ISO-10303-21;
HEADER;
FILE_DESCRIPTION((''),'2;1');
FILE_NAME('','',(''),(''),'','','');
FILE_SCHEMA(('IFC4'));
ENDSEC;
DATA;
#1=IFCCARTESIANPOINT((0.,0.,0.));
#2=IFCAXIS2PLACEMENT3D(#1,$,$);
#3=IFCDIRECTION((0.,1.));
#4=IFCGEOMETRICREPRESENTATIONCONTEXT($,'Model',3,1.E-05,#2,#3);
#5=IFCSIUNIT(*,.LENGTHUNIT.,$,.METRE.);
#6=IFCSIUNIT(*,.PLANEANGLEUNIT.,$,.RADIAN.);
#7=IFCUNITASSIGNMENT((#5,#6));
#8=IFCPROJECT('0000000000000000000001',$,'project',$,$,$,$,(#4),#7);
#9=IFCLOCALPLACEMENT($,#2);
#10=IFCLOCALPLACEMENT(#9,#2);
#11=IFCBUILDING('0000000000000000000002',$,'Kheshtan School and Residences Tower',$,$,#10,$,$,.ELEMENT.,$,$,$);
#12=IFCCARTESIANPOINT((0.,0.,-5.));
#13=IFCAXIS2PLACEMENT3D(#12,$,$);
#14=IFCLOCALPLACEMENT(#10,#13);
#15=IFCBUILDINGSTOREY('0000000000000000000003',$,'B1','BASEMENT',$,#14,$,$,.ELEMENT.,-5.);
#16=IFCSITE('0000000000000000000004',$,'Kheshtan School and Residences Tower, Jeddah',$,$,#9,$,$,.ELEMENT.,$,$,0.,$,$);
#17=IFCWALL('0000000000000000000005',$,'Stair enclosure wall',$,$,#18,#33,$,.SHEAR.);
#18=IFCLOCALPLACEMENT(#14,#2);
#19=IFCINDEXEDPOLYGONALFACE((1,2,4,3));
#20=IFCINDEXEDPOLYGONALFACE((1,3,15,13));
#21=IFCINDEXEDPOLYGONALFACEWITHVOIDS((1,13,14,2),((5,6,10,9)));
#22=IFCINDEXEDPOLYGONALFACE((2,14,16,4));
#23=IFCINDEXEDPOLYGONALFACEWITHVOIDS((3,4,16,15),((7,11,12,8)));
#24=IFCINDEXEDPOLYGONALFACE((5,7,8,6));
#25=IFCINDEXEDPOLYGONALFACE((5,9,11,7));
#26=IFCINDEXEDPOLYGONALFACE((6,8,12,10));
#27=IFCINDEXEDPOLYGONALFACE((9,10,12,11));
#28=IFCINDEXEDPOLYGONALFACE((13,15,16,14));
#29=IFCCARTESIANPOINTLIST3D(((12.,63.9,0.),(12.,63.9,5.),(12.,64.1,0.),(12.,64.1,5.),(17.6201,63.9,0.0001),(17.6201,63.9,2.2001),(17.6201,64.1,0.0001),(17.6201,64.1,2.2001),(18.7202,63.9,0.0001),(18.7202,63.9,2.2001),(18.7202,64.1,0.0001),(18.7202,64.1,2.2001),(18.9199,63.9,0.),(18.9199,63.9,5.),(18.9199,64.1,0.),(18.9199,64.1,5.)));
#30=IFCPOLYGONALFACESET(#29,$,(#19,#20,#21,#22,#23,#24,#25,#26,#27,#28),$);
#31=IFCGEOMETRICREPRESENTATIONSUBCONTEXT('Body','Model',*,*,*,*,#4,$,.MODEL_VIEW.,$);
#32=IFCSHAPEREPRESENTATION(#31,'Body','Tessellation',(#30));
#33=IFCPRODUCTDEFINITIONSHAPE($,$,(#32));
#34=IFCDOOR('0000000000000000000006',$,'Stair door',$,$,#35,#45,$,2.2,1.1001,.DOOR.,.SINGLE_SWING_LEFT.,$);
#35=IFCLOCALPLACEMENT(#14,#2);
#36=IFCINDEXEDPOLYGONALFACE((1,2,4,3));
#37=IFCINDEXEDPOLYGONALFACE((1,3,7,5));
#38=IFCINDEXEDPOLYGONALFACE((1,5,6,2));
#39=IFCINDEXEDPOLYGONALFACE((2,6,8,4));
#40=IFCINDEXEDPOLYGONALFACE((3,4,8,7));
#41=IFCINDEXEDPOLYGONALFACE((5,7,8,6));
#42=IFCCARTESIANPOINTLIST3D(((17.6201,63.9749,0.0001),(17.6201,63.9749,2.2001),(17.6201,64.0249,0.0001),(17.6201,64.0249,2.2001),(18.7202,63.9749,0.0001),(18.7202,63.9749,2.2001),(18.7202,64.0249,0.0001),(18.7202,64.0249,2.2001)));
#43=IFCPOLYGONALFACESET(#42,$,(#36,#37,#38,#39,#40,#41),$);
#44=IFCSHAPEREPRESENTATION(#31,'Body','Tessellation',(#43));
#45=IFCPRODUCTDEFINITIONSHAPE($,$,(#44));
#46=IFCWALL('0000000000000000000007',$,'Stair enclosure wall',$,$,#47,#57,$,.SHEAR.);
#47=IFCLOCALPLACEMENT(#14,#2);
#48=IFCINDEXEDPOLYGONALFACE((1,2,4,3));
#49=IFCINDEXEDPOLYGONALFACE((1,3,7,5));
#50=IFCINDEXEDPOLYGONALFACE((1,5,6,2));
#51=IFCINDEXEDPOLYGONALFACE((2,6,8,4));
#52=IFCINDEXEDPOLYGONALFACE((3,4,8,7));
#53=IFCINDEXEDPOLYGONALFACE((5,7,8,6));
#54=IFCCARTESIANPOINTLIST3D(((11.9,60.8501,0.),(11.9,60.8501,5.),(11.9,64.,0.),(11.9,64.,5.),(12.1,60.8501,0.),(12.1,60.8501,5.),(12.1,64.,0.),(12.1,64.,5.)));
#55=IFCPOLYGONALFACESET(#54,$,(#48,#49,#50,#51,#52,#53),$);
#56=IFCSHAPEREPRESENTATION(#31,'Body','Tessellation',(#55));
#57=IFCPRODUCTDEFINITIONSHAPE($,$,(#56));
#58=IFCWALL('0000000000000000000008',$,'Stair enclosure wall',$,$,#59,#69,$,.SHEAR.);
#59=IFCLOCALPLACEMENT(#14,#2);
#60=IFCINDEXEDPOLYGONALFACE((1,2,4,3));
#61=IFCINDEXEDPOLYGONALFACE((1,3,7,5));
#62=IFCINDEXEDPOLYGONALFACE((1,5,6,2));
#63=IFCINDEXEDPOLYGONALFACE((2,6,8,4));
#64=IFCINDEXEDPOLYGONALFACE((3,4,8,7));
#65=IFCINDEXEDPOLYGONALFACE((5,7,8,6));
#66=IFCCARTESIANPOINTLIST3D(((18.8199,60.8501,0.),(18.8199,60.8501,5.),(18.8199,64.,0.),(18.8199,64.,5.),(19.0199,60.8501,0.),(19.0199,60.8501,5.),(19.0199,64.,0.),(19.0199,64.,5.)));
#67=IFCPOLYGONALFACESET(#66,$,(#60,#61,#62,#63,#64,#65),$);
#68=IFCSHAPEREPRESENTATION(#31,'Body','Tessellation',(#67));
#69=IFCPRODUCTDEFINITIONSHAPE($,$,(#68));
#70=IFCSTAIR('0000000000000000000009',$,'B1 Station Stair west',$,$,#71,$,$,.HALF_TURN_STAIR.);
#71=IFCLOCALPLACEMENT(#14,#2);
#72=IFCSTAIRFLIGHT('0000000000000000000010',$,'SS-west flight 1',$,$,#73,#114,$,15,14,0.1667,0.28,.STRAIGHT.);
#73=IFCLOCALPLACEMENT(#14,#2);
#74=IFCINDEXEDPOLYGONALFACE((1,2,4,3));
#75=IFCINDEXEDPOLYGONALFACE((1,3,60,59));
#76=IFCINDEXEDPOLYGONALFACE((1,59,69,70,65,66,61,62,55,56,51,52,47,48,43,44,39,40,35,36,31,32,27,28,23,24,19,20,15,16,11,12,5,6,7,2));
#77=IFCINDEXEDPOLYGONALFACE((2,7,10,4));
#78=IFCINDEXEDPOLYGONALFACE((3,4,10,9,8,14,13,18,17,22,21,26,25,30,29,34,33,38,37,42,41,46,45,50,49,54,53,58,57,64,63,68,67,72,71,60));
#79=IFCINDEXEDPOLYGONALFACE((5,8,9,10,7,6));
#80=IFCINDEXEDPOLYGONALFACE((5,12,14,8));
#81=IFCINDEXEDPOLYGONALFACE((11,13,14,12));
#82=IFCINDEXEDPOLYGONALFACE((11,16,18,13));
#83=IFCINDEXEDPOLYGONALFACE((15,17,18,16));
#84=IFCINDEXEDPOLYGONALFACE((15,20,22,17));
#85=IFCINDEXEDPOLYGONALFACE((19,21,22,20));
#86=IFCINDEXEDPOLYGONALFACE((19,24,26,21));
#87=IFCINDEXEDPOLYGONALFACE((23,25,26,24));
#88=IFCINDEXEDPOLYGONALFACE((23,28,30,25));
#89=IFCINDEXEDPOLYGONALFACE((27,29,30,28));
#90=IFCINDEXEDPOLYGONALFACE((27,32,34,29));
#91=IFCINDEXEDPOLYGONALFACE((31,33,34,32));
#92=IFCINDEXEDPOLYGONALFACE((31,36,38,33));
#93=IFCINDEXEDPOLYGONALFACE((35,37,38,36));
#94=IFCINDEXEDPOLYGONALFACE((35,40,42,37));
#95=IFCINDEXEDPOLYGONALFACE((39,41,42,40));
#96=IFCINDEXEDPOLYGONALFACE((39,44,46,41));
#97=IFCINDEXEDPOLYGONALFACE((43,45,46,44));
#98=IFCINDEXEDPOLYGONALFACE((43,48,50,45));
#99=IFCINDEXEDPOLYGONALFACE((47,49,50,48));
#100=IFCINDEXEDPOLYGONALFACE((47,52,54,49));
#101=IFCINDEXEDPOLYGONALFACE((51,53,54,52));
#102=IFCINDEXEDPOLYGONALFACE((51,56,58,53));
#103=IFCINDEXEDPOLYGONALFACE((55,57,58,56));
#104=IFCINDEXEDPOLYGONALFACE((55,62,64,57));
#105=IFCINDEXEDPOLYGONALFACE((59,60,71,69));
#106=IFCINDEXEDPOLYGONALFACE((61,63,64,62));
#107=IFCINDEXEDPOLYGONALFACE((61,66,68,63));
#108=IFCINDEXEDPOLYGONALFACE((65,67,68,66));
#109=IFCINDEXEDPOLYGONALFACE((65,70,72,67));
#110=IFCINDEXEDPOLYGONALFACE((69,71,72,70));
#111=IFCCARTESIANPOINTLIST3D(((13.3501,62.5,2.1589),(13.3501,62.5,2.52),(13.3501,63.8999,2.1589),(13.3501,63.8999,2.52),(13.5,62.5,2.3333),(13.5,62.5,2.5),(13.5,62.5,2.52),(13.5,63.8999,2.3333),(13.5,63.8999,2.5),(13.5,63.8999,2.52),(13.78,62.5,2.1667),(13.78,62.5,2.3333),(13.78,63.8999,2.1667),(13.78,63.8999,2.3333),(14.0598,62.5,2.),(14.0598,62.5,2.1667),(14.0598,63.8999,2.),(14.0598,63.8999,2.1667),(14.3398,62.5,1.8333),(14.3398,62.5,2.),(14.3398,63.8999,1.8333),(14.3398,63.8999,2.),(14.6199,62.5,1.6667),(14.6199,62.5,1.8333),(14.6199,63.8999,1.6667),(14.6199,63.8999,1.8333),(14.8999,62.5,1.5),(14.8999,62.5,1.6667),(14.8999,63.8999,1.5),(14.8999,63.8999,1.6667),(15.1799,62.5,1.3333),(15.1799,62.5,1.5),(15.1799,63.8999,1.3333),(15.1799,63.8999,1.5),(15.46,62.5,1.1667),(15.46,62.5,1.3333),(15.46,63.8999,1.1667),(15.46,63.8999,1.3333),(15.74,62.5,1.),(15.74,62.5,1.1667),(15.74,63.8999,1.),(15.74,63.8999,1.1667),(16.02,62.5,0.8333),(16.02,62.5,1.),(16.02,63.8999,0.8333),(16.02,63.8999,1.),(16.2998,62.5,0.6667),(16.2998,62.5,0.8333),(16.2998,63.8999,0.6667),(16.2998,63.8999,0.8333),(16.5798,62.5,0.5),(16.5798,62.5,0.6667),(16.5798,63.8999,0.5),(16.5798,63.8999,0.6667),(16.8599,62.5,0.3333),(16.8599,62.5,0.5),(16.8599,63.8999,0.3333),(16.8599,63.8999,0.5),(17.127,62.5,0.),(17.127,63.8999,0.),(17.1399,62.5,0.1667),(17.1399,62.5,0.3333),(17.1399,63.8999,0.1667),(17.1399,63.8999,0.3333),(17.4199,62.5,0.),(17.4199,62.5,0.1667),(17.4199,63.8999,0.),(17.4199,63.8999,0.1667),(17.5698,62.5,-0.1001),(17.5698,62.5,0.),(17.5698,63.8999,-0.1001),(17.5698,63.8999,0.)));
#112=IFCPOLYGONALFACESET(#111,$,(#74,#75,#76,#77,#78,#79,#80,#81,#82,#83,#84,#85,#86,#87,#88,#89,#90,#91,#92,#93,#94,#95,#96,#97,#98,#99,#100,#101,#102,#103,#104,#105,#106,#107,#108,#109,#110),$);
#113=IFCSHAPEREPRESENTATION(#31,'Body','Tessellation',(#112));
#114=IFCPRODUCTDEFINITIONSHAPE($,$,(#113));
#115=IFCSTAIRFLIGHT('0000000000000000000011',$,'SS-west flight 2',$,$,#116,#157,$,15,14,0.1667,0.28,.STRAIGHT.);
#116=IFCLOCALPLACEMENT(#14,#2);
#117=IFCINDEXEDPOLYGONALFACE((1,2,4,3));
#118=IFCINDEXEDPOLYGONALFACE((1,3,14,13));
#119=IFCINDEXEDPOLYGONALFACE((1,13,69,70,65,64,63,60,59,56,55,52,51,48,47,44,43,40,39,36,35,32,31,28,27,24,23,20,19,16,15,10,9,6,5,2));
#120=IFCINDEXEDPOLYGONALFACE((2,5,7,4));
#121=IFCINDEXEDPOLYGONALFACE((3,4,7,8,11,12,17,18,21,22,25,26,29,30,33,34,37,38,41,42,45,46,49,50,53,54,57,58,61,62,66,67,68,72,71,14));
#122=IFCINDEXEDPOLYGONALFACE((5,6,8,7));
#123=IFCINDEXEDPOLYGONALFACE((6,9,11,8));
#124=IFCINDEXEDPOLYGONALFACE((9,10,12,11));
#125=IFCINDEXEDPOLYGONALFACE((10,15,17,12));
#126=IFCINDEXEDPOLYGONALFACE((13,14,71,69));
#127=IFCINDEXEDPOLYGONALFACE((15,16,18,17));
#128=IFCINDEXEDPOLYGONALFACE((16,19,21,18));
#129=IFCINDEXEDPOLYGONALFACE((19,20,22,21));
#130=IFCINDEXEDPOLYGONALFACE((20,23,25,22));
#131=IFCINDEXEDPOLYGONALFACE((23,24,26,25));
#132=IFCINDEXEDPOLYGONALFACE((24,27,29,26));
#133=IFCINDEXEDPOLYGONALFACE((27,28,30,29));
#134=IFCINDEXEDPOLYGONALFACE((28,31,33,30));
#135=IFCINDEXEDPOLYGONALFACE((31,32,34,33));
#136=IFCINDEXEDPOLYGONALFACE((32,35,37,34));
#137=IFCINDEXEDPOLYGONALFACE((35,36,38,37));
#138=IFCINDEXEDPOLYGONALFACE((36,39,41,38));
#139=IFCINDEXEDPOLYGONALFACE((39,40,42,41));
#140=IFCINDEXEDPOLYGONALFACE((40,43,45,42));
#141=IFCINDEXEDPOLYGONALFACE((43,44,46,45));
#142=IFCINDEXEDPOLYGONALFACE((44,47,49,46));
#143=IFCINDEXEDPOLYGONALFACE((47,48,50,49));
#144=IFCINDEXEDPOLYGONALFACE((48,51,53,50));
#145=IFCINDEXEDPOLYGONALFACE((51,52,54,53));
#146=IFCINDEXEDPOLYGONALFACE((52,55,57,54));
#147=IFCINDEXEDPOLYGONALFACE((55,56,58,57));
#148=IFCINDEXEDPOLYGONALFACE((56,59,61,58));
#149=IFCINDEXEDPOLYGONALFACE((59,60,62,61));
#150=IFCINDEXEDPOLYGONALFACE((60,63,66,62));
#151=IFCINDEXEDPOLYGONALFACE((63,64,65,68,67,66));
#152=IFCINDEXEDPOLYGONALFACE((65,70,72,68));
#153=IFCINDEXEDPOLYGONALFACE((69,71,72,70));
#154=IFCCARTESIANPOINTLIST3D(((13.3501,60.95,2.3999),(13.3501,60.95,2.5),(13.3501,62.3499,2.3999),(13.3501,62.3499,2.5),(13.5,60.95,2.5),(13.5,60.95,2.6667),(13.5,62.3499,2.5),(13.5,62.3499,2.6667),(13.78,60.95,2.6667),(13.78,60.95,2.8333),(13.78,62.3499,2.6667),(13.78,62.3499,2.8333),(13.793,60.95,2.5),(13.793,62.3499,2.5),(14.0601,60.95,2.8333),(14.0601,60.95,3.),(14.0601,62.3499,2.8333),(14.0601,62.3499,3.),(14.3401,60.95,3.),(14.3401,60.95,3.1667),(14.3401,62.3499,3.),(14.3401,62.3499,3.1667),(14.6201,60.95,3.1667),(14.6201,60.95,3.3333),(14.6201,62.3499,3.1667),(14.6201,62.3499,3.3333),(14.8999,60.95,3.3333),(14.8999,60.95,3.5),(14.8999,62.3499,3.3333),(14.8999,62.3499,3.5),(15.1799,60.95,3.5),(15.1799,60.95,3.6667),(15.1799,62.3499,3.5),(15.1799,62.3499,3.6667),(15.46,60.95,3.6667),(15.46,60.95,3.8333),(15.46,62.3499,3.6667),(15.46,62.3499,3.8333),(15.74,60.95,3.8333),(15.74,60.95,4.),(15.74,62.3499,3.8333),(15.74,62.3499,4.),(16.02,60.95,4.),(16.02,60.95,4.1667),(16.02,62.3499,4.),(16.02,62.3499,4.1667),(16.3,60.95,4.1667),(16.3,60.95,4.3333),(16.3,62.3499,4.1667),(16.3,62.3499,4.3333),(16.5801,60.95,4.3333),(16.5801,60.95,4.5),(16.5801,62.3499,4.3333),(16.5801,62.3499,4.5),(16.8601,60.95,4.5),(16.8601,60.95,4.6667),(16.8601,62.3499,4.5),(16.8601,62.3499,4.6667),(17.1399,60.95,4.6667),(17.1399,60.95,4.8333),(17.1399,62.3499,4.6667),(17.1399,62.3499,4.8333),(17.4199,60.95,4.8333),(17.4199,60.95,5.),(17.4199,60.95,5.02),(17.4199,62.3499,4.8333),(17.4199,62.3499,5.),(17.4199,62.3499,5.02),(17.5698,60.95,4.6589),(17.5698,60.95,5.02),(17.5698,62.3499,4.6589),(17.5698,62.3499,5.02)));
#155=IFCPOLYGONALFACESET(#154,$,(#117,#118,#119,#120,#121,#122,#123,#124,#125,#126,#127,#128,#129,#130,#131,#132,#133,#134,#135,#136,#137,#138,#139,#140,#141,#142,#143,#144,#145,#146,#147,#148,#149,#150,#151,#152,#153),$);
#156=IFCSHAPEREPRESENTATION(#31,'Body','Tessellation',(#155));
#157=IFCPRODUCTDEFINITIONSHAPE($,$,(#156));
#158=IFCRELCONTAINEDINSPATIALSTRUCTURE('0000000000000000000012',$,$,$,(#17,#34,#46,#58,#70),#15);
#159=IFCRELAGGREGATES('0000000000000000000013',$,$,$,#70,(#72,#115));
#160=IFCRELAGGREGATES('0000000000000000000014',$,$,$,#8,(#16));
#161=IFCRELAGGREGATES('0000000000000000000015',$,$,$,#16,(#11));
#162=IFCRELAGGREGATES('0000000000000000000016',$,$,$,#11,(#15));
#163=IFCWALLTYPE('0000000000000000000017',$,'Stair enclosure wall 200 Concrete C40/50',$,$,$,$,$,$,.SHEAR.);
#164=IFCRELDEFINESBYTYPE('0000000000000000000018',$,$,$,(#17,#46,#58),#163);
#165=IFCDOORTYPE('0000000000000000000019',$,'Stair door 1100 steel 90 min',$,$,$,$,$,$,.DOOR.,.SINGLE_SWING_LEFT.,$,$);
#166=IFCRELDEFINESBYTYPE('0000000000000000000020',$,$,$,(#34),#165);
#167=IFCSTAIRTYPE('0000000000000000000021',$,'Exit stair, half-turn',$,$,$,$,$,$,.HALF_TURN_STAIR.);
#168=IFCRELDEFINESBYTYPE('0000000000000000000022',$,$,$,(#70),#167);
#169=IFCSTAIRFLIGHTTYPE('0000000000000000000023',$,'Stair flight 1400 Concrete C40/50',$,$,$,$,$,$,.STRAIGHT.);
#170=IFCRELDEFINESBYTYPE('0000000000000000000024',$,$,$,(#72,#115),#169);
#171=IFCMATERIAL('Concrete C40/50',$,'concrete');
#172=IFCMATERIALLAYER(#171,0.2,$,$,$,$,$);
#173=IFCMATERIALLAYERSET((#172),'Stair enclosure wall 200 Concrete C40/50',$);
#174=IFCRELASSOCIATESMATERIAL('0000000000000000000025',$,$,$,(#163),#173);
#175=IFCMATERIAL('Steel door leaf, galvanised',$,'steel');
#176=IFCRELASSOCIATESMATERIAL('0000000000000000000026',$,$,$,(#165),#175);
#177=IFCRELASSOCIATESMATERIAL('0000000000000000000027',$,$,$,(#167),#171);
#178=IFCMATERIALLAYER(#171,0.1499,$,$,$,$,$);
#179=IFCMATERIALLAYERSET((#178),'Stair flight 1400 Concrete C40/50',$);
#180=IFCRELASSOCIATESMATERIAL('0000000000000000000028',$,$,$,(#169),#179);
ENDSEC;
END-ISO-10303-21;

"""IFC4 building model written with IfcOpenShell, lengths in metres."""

from ifc_helpers import new_model, si_unit, direction, frame, frame_2d, origin, place, context, subcontext, project, spatial, polyline, rectangle, outline, extrude, source, transform, mapped, material, layer, layer_set, type_object, element, fill, aggregate, save


model = new_model("IFC4")

# Units and contexts
model_context = context("Model", 3, precision=1e-05, world=origin(), true_north=direction((0.0, 1.0)))
body_context = subcontext(model_context, "Body", "Model", "MODEL_VIEW")
ifc_project = project(units=[si_unit("LENGTHUNIT", "METRE"), si_unit("PLANEANGLEUNIT", "RADIAN")], contexts=[model_context])

# Site, building, storey
site_placement = place(None, origin())
site = spatial("IfcSite", under=ifc_project, at=site_placement, Name="Kheshtan School and Residences Tower, Jeddah", CompositionType="ELEMENT", RefElevation=0.0)
building_placement = place(site_placement, origin())
building = spatial("IfcBuilding", under=site, at=building_placement, Name="Kheshtan School and Residences Tower", CompositionType="ELEMENT")
storey_placement = place(building_placement, frame((0.0, 0.0, -5.0)))
storey = spatial("IfcBuildingStorey", under=building, at=storey_placement, Name="B1", Description="BASEMENT", CompositionType="ELEMENT", Elevation=-5.0)

# Shared definitions
ifc_material_1 = material(Name="Concrete C40/50", Category="concrete")
ifc_layer_1 = layer(ifc_material_1, 0.2)
ifc_layer_set_1 = layer_set([ifc_layer_1], Name="Stair enclosure wall 200 Concrete C40/50")
wall_type_1 = type_object("IfcWallType", Name="Stair enclosure wall 200 Concrete C40/50", PredefinedType="SHEAR", material=ifc_layer_set_1)

# Wall, opening, door
wall_1_placement = place(storey_placement, frame((12.0, 64.0, 0.0), z_axis=(0.0, 0.0, 1.0), x_axis=(1.0, 0.0, 0.0)))
wall_1 = element("IfcWall", 1, at=wall_1_placement, inside=storey, type_object=wall_type_1, Name="Stair enclosure wall", PredefinedType="SHEAR", context=body_context, shape_type="SweptSolid", body=[
    extrude(rectangle(XDim=6.9199, YDim=0.2, at=frame_2d((3.46, 0.0))), origin(), (0.0, 0.0, 1.0), 5.0),
])
opening_placement = place(wall_1_placement, frame((5.6201, 0.0, 0.0)))
opening = element("IfcOpeningElement", 2, at=opening_placement, cuts=wall_1, PredefinedType="OPENING", context=body_context, shape_type="SweptSolid", body=[
    extrude(rectangle(XDim=1.1001, YDim=2.2, at=frame_2d((0.55, 1.1001))), frame((0.0, 0.1099, 0.0), z_axis=(0.0, -1.0, 0.0), x_axis=(1.0, 0.0, 0.0)), (0.0, 0.0, 1.0), 0.22),
])
ifc_material_2 = material(Name="Steel door leaf, galvanised", Category="steel")
door_type = type_object("IfcDoorType", Name="Stair door 1100 steel 90 min", OperationType="SINGLE_SWING_LEFT", PredefinedType="DOOR", material=ifc_material_2)
shared_shape = source(origin(), body_context, "Body", "SweptSolid", [
    extrude(rectangle(XDim=1.1001, YDim=2.2, at=frame_2d((0.55, 1.1001))), frame((0.0, 0.0249, 0.0), z_axis=(0.0, -1.0, 0.0), x_axis=(1.0, 0.0, 0.0)), (0.0, 0.0, 1.0), 0.05),
])
door_placement = place(opening_placement, origin())
door = element("IfcDoor", 3, at=door_placement, inside=storey, type_object=door_type, Name="Stair door", OperationType="SINGLE_SWING_LEFT", OverallHeight=2.2, OverallWidth=1.1001, PredefinedType="DOOR", context=body_context, shape_type="MappedRepresentation", body=[
    mapped(shared_shape, transform((0.0, 0.0, 0.0), x_axis=(1.0, 0.0, 0.0), y_axis=(0.0, 1.0, 0.0), z_axis=(0.0, 0.0, 1.0), scale=1.0)),
])
fill(opening, door)

# Walls
for number, where, z_axis, x_axis, name in (
    (4, (12.0, 60.8501, 0.0), (0.0, 0.0, 1.0), (0.0, 1.0, 0.0), "Stair enclosure wall"),
    (5, (18.9199, 60.8501, 0.0), (0.0, 0.0, 1.0), (0.0, 1.0, 0.0), "Stair enclosure wall"),
):
    element("IfcWall", number, at=place(storey_placement, frame(where, z_axis=z_axis, x_axis=x_axis)), inside=storey, type_object=wall_type_1, Name=name, PredefinedType="SHEAR", context=body_context, shape_type="SweptSolid", body=[
        extrude(rectangle(XDim=3.1499, YDim=0.2, at=frame_2d((1.575, 0.0))), origin(), (0.0, 0.0, 1.0), 5.0),
    ])

# Stair, stair flights
stair_type = type_object("IfcStairType", Name="Exit stair, half-turn", PredefinedType="HALF_TURN_STAIR", material=ifc_material_1)
stair_placement = place(storey_placement, origin())
stair = element("IfcStair", 6, at=stair_placement, inside=storey, type_object=stair_type, Name="B1 Station Stair west", PredefinedType="HALF_TURN_STAIR")
ifc_layer_2 = layer(ifc_material_1, 0.1499)
ifc_layer_set_2 = layer_set([ifc_layer_2], Name="Stair flight 1400 Concrete C40/50")
stair_flight_type = type_object("IfcStairFlightType", Name="Stair flight 1400 Concrete C40/50", PredefinedType="STRAIGHT", material=ifc_layer_set_2)
stair_flight_1_placement = place(storey_placement, frame((17.4199, 63.2, 0.0), z_axis=(0.0, 0.0, 1.0), x_axis=(-1.0, 0.0, 0.0)))
stair_flight_1 = element("IfcStairFlight", 7, at=stair_flight_1_placement, type_object=stair_flight_type, Name="SS-west flight 1", NumberOfRisers=15, NumberOfTreads=14, PredefinedType="STRAIGHT", RiserHeight=0.1667, TreadLength=0.28, context=body_context, shape_type="SweptSolid", body=[
    extrude(outline(polyline([(-0.1499, -0.1001), (-0.1499, 0.0), (0.0, 0.0), (0.0, 0.1667), (0.28, 0.1667), (0.28, 0.3333), (0.5601, 0.3333), (0.5601, 0.5), (0.8401, 0.5), (0.8401, 0.6667), (1.1201, 0.6667), (1.1201, 0.8333), (1.3999, 0.8333), (1.3999, 1.0), (1.6799, 1.0), (1.6799, 1.1667), (1.96, 1.1667), (1.96, 1.3333), (2.24, 1.3333), (2.24, 1.5), (2.52, 1.5), (2.52, 1.6667), (2.8, 1.6667), (2.8, 1.8333), (3.0801, 1.8333), (3.0801, 2.0), (3.3601, 2.0), (3.3601, 2.1667), (3.6399, 2.1667), (3.6399, 2.3333), (3.9199, 2.3333), (3.9199, 2.5), (3.9199, 2.52), (4.0698, 2.52), (4.0698, 2.1589), (0.293, 0.0), (-0.1499, -0.1001)])), frame((0.0, 0.7, 0.0), z_axis=(0.0, -1.0, 0.0), x_axis=(1.0, 0.0, 0.0)), (0.0, 0.0, 1.0), 1.3999),
])
stair_flight_2_placement = place(storey_placement, frame((13.5, 61.6499, 2.5), z_axis=(0.0, 0.0, 1.0), x_axis=(1.0, 0.0, 0.0)))
stair_flight_2 = element("IfcStairFlight", 8, at=stair_flight_2_placement, type_object=stair_flight_type, Name="SS-west flight 2", NumberOfRisers=15, NumberOfTreads=14, PredefinedType="STRAIGHT", RiserHeight=0.1667, TreadLength=0.28, context=body_context, shape_type="SweptSolid", body=[
    extrude(outline(polyline([(-0.1499, -0.1001), (-0.1499, 0.0), (0.0, 0.0), (0.0, 0.1667), (0.28, 0.1667), (0.28, 0.3333), (0.5601, 0.3333), (0.5601, 0.5), (0.8401, 0.5), (0.8401, 0.6667), (1.1201, 0.6667), (1.1201, 0.8333), (1.3999, 0.8333), (1.3999, 1.0), (1.6799, 1.0), (1.6799, 1.1667), (1.96, 1.1667), (1.96, 1.3333), (2.24, 1.3333), (2.24, 1.5), (2.52, 1.5), (2.52, 1.6667), (2.8, 1.6667), (2.8, 1.8333), (3.0801, 1.8333), (3.0801, 2.0), (3.3601, 2.0), (3.3601, 2.1667), (3.6399, 2.1667), (3.6399, 2.3333), (3.9199, 2.3333), (3.9199, 2.5), (3.9199, 2.52), (4.0698, 2.52), (4.0698, 2.1589), (0.293, 0.0), (-0.1499, -0.1001)])), frame((0.0, 0.7, 0.0), z_axis=(0.0, -1.0, 0.0), x_axis=(1.0, 0.0, 0.0)), (0.0, 0.0, 1.0), 1.3999),
])
aggregate(stair, [stair_flight_1, stair_flight_2])

save(model, "model.ifc")
